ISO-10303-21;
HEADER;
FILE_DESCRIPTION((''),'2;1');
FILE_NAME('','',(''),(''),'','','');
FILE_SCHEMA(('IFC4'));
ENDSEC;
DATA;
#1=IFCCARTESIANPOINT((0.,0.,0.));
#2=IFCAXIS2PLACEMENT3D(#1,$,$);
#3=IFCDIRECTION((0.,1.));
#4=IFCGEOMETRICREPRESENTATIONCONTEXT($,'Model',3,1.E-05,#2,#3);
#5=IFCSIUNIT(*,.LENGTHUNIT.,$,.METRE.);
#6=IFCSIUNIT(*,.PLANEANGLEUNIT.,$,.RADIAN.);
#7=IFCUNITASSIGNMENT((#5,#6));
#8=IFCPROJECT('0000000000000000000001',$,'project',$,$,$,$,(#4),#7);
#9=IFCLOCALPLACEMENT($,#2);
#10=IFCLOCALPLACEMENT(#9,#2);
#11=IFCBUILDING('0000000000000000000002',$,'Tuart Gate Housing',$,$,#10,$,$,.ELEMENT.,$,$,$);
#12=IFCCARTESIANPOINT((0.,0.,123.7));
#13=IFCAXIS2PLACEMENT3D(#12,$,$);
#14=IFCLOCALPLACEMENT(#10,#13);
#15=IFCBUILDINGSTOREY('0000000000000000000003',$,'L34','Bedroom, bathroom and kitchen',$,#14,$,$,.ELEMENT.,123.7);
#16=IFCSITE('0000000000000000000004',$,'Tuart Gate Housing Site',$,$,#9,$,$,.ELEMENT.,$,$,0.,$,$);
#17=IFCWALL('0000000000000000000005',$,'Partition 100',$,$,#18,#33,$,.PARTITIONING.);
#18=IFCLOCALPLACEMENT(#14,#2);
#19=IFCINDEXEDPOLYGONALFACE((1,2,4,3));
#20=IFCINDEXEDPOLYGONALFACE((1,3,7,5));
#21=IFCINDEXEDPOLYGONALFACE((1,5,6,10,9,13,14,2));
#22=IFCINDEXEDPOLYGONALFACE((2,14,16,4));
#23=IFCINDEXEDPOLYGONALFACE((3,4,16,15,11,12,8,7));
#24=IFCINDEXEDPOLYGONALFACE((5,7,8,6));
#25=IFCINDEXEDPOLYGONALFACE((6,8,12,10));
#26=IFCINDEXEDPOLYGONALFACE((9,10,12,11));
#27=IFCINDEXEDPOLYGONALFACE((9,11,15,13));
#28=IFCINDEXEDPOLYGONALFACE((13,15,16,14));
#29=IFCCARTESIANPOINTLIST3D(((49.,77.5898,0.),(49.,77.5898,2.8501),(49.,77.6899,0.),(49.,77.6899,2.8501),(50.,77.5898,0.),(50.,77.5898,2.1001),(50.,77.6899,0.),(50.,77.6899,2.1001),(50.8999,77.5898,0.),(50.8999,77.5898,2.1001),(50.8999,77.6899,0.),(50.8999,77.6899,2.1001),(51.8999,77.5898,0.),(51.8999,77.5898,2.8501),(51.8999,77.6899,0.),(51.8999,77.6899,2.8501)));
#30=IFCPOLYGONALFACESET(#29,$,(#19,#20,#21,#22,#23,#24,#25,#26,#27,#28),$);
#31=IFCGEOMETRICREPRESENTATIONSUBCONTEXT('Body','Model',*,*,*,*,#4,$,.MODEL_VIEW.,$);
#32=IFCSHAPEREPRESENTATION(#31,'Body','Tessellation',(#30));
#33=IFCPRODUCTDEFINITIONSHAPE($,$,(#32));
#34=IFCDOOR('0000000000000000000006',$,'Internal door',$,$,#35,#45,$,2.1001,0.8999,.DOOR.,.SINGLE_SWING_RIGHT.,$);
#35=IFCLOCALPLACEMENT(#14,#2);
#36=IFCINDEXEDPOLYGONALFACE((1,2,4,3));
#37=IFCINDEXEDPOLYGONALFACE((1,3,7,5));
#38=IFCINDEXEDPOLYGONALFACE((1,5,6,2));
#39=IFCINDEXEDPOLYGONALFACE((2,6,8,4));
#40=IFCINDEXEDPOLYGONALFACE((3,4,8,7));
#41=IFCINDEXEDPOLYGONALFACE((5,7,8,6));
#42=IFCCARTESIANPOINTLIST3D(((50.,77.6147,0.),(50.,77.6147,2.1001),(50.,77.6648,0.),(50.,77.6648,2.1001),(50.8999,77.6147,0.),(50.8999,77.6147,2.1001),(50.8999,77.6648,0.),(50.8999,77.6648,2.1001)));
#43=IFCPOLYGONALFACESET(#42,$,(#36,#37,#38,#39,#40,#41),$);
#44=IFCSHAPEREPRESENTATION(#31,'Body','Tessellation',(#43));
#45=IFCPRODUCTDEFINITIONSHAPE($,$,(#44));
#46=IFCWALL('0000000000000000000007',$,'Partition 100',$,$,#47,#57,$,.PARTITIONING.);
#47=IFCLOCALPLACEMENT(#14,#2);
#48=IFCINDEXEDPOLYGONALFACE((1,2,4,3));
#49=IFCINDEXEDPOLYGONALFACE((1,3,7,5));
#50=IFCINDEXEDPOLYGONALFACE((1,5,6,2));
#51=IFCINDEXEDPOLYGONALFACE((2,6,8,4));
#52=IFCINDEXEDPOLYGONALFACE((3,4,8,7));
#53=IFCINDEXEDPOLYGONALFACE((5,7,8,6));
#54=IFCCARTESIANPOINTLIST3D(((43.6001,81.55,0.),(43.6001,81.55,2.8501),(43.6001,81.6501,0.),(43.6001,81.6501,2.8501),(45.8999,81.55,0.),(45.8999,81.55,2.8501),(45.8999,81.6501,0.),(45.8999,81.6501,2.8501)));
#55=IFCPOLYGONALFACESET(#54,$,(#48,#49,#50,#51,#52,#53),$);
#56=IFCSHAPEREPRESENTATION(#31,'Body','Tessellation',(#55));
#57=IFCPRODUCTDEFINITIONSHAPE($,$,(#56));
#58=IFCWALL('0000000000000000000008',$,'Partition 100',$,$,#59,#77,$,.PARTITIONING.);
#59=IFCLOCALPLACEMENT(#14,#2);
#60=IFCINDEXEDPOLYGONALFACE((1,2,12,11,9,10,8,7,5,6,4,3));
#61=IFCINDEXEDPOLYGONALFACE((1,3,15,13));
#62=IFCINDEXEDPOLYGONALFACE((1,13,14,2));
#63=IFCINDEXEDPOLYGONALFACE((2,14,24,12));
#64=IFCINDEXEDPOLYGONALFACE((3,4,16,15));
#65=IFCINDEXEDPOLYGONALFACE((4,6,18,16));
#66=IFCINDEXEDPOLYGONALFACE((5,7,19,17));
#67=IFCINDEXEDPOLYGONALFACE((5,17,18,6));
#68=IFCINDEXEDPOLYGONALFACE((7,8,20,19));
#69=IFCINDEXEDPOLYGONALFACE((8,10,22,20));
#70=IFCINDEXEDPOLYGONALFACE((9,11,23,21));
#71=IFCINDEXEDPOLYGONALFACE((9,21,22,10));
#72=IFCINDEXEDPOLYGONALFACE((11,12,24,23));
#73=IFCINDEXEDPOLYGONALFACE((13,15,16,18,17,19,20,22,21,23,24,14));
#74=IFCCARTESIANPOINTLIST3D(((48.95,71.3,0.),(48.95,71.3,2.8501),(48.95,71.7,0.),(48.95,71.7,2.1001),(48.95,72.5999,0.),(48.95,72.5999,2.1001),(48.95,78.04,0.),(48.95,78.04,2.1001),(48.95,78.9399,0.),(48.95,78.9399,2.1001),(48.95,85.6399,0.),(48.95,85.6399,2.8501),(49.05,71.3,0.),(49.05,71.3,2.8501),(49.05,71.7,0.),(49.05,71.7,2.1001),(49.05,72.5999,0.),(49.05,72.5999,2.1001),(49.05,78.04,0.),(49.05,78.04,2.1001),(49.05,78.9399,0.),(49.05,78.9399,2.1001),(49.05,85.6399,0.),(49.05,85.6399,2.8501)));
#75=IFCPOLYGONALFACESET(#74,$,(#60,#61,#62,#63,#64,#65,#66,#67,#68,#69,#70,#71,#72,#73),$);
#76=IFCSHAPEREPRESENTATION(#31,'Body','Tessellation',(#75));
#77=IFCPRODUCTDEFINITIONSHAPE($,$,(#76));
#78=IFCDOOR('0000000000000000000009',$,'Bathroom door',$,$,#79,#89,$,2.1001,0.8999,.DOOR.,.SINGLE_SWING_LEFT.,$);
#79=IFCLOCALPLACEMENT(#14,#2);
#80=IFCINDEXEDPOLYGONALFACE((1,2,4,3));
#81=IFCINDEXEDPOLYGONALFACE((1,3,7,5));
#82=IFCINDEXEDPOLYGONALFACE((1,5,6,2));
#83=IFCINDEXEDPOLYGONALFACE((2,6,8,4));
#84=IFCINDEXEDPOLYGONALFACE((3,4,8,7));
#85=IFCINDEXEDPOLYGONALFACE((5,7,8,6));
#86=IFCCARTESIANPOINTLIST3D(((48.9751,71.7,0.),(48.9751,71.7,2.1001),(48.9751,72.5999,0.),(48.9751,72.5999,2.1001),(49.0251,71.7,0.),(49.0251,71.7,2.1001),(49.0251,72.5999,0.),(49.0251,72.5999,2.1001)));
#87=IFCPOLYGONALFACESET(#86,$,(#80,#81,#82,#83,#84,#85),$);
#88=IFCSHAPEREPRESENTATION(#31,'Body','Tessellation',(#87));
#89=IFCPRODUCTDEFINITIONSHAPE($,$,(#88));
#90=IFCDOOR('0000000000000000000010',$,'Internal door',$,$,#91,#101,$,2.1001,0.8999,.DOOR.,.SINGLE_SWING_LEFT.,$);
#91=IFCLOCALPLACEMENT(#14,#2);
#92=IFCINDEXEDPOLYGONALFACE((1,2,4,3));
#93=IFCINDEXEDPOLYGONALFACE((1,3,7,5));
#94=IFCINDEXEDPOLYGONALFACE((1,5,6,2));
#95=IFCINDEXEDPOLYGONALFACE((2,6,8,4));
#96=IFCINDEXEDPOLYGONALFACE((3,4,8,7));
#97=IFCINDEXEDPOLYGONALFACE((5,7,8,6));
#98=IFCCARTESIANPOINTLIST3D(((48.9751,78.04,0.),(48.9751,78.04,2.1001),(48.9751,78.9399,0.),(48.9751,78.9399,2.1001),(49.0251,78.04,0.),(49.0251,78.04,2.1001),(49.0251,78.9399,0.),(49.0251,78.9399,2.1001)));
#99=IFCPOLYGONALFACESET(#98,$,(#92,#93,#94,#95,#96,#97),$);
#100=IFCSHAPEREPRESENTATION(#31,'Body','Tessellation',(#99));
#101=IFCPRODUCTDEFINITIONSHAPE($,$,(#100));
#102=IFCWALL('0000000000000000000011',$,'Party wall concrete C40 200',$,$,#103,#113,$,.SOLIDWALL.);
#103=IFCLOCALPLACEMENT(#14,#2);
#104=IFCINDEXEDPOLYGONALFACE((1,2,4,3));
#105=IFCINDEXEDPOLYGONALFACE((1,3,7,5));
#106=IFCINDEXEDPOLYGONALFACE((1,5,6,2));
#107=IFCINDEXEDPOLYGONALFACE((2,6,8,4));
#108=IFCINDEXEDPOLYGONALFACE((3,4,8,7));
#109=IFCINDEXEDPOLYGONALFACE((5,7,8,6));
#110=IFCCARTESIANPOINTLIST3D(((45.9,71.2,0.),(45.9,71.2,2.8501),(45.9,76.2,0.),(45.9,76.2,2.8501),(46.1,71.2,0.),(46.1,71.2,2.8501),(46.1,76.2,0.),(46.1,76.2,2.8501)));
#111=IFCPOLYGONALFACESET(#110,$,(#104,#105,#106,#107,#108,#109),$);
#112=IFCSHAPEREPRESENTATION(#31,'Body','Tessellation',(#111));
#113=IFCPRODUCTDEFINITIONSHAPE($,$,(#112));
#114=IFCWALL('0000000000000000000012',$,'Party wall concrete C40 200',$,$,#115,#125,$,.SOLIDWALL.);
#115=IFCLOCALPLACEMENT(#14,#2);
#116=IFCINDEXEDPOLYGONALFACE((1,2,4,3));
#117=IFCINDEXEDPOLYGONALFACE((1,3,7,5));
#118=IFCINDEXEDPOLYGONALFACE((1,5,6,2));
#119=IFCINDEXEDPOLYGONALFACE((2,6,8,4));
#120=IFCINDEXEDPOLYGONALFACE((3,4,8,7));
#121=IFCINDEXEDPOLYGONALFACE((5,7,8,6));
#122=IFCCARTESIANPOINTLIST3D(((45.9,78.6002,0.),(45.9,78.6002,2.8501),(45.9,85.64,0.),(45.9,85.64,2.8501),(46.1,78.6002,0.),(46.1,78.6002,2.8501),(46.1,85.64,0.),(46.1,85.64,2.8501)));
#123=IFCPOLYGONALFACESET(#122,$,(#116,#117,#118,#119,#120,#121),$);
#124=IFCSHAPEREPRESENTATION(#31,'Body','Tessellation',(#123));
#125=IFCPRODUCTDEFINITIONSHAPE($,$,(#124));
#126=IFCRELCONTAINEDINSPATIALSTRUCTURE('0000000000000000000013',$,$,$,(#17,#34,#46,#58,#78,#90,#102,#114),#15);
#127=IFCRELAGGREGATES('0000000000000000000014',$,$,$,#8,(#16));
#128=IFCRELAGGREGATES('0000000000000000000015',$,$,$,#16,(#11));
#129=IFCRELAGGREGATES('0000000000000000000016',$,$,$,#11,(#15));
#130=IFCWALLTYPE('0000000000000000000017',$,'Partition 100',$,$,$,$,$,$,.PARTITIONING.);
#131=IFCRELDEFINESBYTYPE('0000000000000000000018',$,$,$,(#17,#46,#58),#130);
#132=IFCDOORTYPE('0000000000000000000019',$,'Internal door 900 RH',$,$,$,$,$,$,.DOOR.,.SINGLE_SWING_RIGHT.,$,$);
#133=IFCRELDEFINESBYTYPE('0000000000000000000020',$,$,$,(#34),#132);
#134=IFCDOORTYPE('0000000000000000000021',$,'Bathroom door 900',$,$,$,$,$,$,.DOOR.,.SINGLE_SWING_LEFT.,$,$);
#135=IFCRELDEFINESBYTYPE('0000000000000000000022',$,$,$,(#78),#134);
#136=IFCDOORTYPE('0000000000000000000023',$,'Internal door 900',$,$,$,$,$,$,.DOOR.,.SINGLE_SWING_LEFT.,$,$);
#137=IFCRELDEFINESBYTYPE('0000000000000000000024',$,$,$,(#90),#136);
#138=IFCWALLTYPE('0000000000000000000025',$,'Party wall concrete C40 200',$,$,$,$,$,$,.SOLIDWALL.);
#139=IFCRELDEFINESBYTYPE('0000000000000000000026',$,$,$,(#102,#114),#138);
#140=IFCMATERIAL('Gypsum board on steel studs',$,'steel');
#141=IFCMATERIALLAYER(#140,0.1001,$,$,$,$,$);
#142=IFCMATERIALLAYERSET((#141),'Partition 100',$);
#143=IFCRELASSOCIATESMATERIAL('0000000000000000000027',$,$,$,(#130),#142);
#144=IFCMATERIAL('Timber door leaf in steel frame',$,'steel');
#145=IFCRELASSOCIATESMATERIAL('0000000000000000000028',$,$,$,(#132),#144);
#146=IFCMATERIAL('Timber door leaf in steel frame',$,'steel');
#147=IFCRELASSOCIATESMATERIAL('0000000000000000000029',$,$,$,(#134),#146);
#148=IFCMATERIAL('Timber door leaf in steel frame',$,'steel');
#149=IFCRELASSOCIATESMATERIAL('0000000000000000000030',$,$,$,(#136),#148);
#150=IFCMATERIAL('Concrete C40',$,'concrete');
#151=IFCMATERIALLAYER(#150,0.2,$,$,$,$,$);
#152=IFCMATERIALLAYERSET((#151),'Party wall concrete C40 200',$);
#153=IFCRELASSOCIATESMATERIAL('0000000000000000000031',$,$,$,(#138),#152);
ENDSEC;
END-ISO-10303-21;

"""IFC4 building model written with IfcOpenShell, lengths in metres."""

from ifc_helpers import new_model, si_unit, direction, frame, frame_2d, origin, place, context, subcontext, project, spatial, rectangle, extrude, material, layer, layer_set, type_object, element, fill, save


model = new_model("IFC4")

# Units and contexts
model_context = context("Model", 3, precision=1e-05, world=origin(), true_north=direction((0.0, 1.0)))
body_context = subcontext(model_context, "Body", "Model", "MODEL_VIEW")
ifc_project = project(units=[si_unit("LENGTHUNIT", "METRE"), si_unit("PLANEANGLEUNIT", "RADIAN")], contexts=[model_context])

# Site, building, storey
site_placement = place(None, origin())
site = spatial("IfcSite", under=ifc_project, at=site_placement, Name="Tuart Gate Housing Site", CompositionType="ELEMENT", RefElevation=0.0)
building_placement = place(site_placement, origin())
building = spatial("IfcBuilding", under=site, at=building_placement, Name="Tuart Gate Housing", CompositionType="ELEMENT")
storey_placement = place(building_placement, frame((0.0, 0.0, 123.7)))
storey = spatial("IfcBuildingStorey", under=building, at=storey_placement, Name="L34", Description="Bedroom, bathroom and kitchen", CompositionType="ELEMENT", Elevation=123.7)

# Shared definitions
ifc_material_1 = material(Name="Gypsum board on steel studs", Category="steel")
ifc_layer_1 = layer(ifc_material_1, 0.1001)
ifc_layer_set_1 = layer_set([ifc_layer_1], Name="Partition 100")
wall_type_1 = type_object("IfcWallType", Name="Partition 100", PredefinedType="PARTITIONING", material=ifc_layer_set_1)

# Wall, opening, door
wall_1_placement = place(storey_placement, frame((49.0, 77.6399, 0.0), z_axis=(0.0, 0.0, 1.0), x_axis=(1.0, 0.0, 0.0)))
wall_1 = element("IfcWall", 1, at=wall_1_placement, inside=storey, type_object=wall_type_1, Name="Partition 100", PredefinedType="PARTITIONING", context=body_context, shape_type="SweptSolid", body=[
    extrude(rectangle(XDim=2.8999, YDim=0.1001, at=frame_2d((1.45, 0.0))), origin(), (0.0, 0.0, 1.0), 2.8501),
])
opening_1_placement = place(wall_1_placement, frame((1.0, 0.0, 0.0)))
opening_1 = element("IfcOpeningElement", 2, at=opening_1_placement, cuts=wall_1, PredefinedType="OPENING", context=body_context, shape_type="SweptSolid", body=[
    extrude(rectangle(XDim=0.8999, YDim=2.1001, at=frame_2d((0.45, 1.05))), frame((0.0, 0.0601, 0.0), z_axis=(0.0, -1.0, 0.0), x_axis=(1.0, 0.0, 0.0)), (0.0, 0.0, 1.0), 0.1201),
])
ifc_material_2 = material(Name="Timber door leaf in steel frame", Category="steel")
door_type_1 = type_object("IfcDoorType", Name="Internal door 900 RH", OperationType="SINGLE_SWING_RIGHT", PredefinedType="DOOR", material=ifc_material_2)
door_1_placement = place(opening_1_placement, frame((0.8999, 0.0, 0.0), z_axis=(0.0, 0.0, 1.0), x_axis=(-1.0, 0.0, 0.0)))
door_1 = element("IfcDoor", 3, at=door_1_placement, inside=storey, type_object=door_type_1, Name="Internal door", OperationType="SINGLE_SWING_RIGHT", OverallHeight=2.1001, OverallWidth=0.8999, PredefinedType="DOOR", context=body_context, shape_type="SweptSolid", body=[
    extrude(rectangle(XDim=0.8999, YDim=2.1001, at=frame_2d((0.45, 1.05))), frame((0.0, 0.0251, 0.0), z_axis=(0.0, -1.0, 0.0), x_axis=(1.0, 0.0, 0.0)), (0.0, 0.0, 1.0), 0.05),
])
fill(opening_1, door_1)

# Wall
wall_2_placement = place(storey_placement, frame((43.6001, 81.6001, 0.0), z_axis=(0.0, 0.0, 1.0), x_axis=(1.0, 0.0, 0.0)))
element("IfcWall", 4, at=wall_2_placement, inside=storey, type_object=wall_type_1, Name="Partition 100", PredefinedType="PARTITIONING", context=body_context, shape_type="SweptSolid", body=[
    extrude(rectangle(XDim=2.2998, YDim=0.1001, at=frame_2d((1.1499, 0.0))), origin(), (0.0, 0.0, 1.0), 2.8501),
])

# Wall, openings, doors
wall_3_placement = place(storey_placement, frame((49.0, 71.3, 0.0), z_axis=(0.0, 0.0, 1.0), x_axis=(0.0, 1.0, 0.0)))
wall_3 = element("IfcWall", 5, at=wall_3_placement, inside=storey, type_object=wall_type_1, Name="Partition 100", PredefinedType="PARTITIONING", context=body_context, shape_type="SweptSolid", body=[
    extrude(rectangle(XDim=14.3398, YDim=0.1001, at=frame_2d((7.1699, 0.0))), origin(), (0.0, 0.0, 1.0), 2.8501),
])
opening_2_placement = place(wall_3_placement, frame((6.74, 0.0, 0.0)))
opening_2 = element("IfcOpeningElement", 6, at=opening_2_placement, cuts=wall_3, PredefinedType="OPENING", context=body_context, shape_type="SweptSolid", body=[
    extrude(rectangle(XDim=0.8999, YDim=2.1001, at=frame_2d((0.45, 1.05))), frame((0.0, 0.0601, 0.0), z_axis=(0.0, -1.0, 0.0), x_axis=(1.0, 0.0, 0.0)), (0.0, 0.0, 1.0), 0.1201),
])
opening_3_placement = place(wall_3_placement, frame((0.3999, 0.0, 0.0)))
opening_3 = element("IfcOpeningElement", 7, at=opening_3_placement, cuts=wall_3, PredefinedType="OPENING", context=body_context, shape_type="SweptSolid", body=[
    extrude(rectangle(XDim=0.8999, YDim=2.1001, at=frame_2d((0.45, 1.05))), frame((0.0, 0.0601, 0.0), z_axis=(0.0, -1.0, 0.0), x_axis=(1.0, 0.0, 0.0)), (0.0, 0.0, 1.0), 0.1201),
])
ifc_material_3 = material(Name="Timber door leaf in steel frame", Category="steel")
door_type_2 = type_object("IfcDoorType", Name="Bathroom door 900", OperationType="SINGLE_SWING_LEFT", PredefinedType="DOOR", material=ifc_material_3)
door_2_placement = place(opening_3_placement, origin())
door_2 = element("IfcDoor", 8, at=door_2_placement, inside=storey, type_object=door_type_2, Name="Bathroom door", OperationType="SINGLE_SWING_LEFT", OverallHeight=2.1001, OverallWidth=0.8999, PredefinedType="DOOR", context=body_context, shape_type="SweptSolid", body=[
    extrude(rectangle(XDim=0.8999, YDim=2.1001, at=frame_2d((0.45, 1.05))), frame((0.0, 0.0249, 0.0), z_axis=(0.0, -1.0, 0.0), x_axis=(1.0, 0.0, 0.0)), (0.0, 0.0, 1.0), 0.05),
])
fill(opening_3, door_2)
ifc_material_4 = material(Name="Timber door leaf in steel frame", Category="steel")
door_type_3 = type_object("IfcDoorType", Name="Internal door 900", OperationType="SINGLE_SWING_LEFT", PredefinedType="DOOR", material=ifc_material_4)
door_3_placement = place(opening_2_placement, origin())
door_3 = element("IfcDoor", 9, at=door_3_placement, inside=storey, type_object=door_type_3, Name="Internal door", OperationType="SINGLE_SWING_LEFT", OverallHeight=2.1001, OverallWidth=0.8999, PredefinedType="DOOR", context=body_context, shape_type="SweptSolid", body=[
    extrude(rectangle(XDim=0.8999, YDim=2.1001, at=frame_2d((0.45, 1.05))), frame((0.0, 0.0249, 0.0), z_axis=(0.0, -1.0, 0.0), x_axis=(1.0, 0.0, 0.0)), (0.0, 0.0, 1.0), 0.05),
])
fill(opening_2, door_3)

# Walls
ifc_material_5 = material(Name="Concrete C40", Category="concrete")
ifc_layer_2 = layer(ifc_material_5, 0.2)
ifc_layer_set_2 = layer_set([ifc_layer_2], Name="Party wall concrete C40 200")
wall_type_2 = type_object("IfcWallType", Name="Party wall concrete C40 200", PredefinedType="SOLIDWALL", material=ifc_layer_set_2)
wall_4_placement = place(storey_placement, frame((46.0, 71.2, 0.0), z_axis=(0.0, 0.0, 1.0), x_axis=(0.0, 1.0, 0.0)))
element("IfcWall", 10, at=wall_4_placement, inside=storey, type_object=wall_type_2, Name="Party wall concrete C40 200", PredefinedType="SOLIDWALL", context=body_context, shape_type="SweptSolid", body=[
    extrude(rectangle(XDim=5.0, YDim=0.2, at=frame_2d((2.5, 0.0))), origin(), (0.0, 0.0, 1.0), 2.8501),
])
wall_5_placement = place(storey_placement, frame((46.0, 78.6001, 0.0), z_axis=(0.0, 0.0, 1.0), x_axis=(0.0, 1.0, 0.0)))
element("IfcWall", 11, at=wall_5_placement, inside=storey, type_object=wall_type_2, Name="Party wall concrete C40 200", PredefinedType="SOLIDWALL", context=body_context, shape_type="SweptSolid", body=[
    extrude(rectangle(XDim=7.0398, YDim=0.2, at=frame_2d((3.52, 0.0))), origin(), (0.0, 0.0, 1.0), 2.8501),
])

save(model, "model.ifc")
